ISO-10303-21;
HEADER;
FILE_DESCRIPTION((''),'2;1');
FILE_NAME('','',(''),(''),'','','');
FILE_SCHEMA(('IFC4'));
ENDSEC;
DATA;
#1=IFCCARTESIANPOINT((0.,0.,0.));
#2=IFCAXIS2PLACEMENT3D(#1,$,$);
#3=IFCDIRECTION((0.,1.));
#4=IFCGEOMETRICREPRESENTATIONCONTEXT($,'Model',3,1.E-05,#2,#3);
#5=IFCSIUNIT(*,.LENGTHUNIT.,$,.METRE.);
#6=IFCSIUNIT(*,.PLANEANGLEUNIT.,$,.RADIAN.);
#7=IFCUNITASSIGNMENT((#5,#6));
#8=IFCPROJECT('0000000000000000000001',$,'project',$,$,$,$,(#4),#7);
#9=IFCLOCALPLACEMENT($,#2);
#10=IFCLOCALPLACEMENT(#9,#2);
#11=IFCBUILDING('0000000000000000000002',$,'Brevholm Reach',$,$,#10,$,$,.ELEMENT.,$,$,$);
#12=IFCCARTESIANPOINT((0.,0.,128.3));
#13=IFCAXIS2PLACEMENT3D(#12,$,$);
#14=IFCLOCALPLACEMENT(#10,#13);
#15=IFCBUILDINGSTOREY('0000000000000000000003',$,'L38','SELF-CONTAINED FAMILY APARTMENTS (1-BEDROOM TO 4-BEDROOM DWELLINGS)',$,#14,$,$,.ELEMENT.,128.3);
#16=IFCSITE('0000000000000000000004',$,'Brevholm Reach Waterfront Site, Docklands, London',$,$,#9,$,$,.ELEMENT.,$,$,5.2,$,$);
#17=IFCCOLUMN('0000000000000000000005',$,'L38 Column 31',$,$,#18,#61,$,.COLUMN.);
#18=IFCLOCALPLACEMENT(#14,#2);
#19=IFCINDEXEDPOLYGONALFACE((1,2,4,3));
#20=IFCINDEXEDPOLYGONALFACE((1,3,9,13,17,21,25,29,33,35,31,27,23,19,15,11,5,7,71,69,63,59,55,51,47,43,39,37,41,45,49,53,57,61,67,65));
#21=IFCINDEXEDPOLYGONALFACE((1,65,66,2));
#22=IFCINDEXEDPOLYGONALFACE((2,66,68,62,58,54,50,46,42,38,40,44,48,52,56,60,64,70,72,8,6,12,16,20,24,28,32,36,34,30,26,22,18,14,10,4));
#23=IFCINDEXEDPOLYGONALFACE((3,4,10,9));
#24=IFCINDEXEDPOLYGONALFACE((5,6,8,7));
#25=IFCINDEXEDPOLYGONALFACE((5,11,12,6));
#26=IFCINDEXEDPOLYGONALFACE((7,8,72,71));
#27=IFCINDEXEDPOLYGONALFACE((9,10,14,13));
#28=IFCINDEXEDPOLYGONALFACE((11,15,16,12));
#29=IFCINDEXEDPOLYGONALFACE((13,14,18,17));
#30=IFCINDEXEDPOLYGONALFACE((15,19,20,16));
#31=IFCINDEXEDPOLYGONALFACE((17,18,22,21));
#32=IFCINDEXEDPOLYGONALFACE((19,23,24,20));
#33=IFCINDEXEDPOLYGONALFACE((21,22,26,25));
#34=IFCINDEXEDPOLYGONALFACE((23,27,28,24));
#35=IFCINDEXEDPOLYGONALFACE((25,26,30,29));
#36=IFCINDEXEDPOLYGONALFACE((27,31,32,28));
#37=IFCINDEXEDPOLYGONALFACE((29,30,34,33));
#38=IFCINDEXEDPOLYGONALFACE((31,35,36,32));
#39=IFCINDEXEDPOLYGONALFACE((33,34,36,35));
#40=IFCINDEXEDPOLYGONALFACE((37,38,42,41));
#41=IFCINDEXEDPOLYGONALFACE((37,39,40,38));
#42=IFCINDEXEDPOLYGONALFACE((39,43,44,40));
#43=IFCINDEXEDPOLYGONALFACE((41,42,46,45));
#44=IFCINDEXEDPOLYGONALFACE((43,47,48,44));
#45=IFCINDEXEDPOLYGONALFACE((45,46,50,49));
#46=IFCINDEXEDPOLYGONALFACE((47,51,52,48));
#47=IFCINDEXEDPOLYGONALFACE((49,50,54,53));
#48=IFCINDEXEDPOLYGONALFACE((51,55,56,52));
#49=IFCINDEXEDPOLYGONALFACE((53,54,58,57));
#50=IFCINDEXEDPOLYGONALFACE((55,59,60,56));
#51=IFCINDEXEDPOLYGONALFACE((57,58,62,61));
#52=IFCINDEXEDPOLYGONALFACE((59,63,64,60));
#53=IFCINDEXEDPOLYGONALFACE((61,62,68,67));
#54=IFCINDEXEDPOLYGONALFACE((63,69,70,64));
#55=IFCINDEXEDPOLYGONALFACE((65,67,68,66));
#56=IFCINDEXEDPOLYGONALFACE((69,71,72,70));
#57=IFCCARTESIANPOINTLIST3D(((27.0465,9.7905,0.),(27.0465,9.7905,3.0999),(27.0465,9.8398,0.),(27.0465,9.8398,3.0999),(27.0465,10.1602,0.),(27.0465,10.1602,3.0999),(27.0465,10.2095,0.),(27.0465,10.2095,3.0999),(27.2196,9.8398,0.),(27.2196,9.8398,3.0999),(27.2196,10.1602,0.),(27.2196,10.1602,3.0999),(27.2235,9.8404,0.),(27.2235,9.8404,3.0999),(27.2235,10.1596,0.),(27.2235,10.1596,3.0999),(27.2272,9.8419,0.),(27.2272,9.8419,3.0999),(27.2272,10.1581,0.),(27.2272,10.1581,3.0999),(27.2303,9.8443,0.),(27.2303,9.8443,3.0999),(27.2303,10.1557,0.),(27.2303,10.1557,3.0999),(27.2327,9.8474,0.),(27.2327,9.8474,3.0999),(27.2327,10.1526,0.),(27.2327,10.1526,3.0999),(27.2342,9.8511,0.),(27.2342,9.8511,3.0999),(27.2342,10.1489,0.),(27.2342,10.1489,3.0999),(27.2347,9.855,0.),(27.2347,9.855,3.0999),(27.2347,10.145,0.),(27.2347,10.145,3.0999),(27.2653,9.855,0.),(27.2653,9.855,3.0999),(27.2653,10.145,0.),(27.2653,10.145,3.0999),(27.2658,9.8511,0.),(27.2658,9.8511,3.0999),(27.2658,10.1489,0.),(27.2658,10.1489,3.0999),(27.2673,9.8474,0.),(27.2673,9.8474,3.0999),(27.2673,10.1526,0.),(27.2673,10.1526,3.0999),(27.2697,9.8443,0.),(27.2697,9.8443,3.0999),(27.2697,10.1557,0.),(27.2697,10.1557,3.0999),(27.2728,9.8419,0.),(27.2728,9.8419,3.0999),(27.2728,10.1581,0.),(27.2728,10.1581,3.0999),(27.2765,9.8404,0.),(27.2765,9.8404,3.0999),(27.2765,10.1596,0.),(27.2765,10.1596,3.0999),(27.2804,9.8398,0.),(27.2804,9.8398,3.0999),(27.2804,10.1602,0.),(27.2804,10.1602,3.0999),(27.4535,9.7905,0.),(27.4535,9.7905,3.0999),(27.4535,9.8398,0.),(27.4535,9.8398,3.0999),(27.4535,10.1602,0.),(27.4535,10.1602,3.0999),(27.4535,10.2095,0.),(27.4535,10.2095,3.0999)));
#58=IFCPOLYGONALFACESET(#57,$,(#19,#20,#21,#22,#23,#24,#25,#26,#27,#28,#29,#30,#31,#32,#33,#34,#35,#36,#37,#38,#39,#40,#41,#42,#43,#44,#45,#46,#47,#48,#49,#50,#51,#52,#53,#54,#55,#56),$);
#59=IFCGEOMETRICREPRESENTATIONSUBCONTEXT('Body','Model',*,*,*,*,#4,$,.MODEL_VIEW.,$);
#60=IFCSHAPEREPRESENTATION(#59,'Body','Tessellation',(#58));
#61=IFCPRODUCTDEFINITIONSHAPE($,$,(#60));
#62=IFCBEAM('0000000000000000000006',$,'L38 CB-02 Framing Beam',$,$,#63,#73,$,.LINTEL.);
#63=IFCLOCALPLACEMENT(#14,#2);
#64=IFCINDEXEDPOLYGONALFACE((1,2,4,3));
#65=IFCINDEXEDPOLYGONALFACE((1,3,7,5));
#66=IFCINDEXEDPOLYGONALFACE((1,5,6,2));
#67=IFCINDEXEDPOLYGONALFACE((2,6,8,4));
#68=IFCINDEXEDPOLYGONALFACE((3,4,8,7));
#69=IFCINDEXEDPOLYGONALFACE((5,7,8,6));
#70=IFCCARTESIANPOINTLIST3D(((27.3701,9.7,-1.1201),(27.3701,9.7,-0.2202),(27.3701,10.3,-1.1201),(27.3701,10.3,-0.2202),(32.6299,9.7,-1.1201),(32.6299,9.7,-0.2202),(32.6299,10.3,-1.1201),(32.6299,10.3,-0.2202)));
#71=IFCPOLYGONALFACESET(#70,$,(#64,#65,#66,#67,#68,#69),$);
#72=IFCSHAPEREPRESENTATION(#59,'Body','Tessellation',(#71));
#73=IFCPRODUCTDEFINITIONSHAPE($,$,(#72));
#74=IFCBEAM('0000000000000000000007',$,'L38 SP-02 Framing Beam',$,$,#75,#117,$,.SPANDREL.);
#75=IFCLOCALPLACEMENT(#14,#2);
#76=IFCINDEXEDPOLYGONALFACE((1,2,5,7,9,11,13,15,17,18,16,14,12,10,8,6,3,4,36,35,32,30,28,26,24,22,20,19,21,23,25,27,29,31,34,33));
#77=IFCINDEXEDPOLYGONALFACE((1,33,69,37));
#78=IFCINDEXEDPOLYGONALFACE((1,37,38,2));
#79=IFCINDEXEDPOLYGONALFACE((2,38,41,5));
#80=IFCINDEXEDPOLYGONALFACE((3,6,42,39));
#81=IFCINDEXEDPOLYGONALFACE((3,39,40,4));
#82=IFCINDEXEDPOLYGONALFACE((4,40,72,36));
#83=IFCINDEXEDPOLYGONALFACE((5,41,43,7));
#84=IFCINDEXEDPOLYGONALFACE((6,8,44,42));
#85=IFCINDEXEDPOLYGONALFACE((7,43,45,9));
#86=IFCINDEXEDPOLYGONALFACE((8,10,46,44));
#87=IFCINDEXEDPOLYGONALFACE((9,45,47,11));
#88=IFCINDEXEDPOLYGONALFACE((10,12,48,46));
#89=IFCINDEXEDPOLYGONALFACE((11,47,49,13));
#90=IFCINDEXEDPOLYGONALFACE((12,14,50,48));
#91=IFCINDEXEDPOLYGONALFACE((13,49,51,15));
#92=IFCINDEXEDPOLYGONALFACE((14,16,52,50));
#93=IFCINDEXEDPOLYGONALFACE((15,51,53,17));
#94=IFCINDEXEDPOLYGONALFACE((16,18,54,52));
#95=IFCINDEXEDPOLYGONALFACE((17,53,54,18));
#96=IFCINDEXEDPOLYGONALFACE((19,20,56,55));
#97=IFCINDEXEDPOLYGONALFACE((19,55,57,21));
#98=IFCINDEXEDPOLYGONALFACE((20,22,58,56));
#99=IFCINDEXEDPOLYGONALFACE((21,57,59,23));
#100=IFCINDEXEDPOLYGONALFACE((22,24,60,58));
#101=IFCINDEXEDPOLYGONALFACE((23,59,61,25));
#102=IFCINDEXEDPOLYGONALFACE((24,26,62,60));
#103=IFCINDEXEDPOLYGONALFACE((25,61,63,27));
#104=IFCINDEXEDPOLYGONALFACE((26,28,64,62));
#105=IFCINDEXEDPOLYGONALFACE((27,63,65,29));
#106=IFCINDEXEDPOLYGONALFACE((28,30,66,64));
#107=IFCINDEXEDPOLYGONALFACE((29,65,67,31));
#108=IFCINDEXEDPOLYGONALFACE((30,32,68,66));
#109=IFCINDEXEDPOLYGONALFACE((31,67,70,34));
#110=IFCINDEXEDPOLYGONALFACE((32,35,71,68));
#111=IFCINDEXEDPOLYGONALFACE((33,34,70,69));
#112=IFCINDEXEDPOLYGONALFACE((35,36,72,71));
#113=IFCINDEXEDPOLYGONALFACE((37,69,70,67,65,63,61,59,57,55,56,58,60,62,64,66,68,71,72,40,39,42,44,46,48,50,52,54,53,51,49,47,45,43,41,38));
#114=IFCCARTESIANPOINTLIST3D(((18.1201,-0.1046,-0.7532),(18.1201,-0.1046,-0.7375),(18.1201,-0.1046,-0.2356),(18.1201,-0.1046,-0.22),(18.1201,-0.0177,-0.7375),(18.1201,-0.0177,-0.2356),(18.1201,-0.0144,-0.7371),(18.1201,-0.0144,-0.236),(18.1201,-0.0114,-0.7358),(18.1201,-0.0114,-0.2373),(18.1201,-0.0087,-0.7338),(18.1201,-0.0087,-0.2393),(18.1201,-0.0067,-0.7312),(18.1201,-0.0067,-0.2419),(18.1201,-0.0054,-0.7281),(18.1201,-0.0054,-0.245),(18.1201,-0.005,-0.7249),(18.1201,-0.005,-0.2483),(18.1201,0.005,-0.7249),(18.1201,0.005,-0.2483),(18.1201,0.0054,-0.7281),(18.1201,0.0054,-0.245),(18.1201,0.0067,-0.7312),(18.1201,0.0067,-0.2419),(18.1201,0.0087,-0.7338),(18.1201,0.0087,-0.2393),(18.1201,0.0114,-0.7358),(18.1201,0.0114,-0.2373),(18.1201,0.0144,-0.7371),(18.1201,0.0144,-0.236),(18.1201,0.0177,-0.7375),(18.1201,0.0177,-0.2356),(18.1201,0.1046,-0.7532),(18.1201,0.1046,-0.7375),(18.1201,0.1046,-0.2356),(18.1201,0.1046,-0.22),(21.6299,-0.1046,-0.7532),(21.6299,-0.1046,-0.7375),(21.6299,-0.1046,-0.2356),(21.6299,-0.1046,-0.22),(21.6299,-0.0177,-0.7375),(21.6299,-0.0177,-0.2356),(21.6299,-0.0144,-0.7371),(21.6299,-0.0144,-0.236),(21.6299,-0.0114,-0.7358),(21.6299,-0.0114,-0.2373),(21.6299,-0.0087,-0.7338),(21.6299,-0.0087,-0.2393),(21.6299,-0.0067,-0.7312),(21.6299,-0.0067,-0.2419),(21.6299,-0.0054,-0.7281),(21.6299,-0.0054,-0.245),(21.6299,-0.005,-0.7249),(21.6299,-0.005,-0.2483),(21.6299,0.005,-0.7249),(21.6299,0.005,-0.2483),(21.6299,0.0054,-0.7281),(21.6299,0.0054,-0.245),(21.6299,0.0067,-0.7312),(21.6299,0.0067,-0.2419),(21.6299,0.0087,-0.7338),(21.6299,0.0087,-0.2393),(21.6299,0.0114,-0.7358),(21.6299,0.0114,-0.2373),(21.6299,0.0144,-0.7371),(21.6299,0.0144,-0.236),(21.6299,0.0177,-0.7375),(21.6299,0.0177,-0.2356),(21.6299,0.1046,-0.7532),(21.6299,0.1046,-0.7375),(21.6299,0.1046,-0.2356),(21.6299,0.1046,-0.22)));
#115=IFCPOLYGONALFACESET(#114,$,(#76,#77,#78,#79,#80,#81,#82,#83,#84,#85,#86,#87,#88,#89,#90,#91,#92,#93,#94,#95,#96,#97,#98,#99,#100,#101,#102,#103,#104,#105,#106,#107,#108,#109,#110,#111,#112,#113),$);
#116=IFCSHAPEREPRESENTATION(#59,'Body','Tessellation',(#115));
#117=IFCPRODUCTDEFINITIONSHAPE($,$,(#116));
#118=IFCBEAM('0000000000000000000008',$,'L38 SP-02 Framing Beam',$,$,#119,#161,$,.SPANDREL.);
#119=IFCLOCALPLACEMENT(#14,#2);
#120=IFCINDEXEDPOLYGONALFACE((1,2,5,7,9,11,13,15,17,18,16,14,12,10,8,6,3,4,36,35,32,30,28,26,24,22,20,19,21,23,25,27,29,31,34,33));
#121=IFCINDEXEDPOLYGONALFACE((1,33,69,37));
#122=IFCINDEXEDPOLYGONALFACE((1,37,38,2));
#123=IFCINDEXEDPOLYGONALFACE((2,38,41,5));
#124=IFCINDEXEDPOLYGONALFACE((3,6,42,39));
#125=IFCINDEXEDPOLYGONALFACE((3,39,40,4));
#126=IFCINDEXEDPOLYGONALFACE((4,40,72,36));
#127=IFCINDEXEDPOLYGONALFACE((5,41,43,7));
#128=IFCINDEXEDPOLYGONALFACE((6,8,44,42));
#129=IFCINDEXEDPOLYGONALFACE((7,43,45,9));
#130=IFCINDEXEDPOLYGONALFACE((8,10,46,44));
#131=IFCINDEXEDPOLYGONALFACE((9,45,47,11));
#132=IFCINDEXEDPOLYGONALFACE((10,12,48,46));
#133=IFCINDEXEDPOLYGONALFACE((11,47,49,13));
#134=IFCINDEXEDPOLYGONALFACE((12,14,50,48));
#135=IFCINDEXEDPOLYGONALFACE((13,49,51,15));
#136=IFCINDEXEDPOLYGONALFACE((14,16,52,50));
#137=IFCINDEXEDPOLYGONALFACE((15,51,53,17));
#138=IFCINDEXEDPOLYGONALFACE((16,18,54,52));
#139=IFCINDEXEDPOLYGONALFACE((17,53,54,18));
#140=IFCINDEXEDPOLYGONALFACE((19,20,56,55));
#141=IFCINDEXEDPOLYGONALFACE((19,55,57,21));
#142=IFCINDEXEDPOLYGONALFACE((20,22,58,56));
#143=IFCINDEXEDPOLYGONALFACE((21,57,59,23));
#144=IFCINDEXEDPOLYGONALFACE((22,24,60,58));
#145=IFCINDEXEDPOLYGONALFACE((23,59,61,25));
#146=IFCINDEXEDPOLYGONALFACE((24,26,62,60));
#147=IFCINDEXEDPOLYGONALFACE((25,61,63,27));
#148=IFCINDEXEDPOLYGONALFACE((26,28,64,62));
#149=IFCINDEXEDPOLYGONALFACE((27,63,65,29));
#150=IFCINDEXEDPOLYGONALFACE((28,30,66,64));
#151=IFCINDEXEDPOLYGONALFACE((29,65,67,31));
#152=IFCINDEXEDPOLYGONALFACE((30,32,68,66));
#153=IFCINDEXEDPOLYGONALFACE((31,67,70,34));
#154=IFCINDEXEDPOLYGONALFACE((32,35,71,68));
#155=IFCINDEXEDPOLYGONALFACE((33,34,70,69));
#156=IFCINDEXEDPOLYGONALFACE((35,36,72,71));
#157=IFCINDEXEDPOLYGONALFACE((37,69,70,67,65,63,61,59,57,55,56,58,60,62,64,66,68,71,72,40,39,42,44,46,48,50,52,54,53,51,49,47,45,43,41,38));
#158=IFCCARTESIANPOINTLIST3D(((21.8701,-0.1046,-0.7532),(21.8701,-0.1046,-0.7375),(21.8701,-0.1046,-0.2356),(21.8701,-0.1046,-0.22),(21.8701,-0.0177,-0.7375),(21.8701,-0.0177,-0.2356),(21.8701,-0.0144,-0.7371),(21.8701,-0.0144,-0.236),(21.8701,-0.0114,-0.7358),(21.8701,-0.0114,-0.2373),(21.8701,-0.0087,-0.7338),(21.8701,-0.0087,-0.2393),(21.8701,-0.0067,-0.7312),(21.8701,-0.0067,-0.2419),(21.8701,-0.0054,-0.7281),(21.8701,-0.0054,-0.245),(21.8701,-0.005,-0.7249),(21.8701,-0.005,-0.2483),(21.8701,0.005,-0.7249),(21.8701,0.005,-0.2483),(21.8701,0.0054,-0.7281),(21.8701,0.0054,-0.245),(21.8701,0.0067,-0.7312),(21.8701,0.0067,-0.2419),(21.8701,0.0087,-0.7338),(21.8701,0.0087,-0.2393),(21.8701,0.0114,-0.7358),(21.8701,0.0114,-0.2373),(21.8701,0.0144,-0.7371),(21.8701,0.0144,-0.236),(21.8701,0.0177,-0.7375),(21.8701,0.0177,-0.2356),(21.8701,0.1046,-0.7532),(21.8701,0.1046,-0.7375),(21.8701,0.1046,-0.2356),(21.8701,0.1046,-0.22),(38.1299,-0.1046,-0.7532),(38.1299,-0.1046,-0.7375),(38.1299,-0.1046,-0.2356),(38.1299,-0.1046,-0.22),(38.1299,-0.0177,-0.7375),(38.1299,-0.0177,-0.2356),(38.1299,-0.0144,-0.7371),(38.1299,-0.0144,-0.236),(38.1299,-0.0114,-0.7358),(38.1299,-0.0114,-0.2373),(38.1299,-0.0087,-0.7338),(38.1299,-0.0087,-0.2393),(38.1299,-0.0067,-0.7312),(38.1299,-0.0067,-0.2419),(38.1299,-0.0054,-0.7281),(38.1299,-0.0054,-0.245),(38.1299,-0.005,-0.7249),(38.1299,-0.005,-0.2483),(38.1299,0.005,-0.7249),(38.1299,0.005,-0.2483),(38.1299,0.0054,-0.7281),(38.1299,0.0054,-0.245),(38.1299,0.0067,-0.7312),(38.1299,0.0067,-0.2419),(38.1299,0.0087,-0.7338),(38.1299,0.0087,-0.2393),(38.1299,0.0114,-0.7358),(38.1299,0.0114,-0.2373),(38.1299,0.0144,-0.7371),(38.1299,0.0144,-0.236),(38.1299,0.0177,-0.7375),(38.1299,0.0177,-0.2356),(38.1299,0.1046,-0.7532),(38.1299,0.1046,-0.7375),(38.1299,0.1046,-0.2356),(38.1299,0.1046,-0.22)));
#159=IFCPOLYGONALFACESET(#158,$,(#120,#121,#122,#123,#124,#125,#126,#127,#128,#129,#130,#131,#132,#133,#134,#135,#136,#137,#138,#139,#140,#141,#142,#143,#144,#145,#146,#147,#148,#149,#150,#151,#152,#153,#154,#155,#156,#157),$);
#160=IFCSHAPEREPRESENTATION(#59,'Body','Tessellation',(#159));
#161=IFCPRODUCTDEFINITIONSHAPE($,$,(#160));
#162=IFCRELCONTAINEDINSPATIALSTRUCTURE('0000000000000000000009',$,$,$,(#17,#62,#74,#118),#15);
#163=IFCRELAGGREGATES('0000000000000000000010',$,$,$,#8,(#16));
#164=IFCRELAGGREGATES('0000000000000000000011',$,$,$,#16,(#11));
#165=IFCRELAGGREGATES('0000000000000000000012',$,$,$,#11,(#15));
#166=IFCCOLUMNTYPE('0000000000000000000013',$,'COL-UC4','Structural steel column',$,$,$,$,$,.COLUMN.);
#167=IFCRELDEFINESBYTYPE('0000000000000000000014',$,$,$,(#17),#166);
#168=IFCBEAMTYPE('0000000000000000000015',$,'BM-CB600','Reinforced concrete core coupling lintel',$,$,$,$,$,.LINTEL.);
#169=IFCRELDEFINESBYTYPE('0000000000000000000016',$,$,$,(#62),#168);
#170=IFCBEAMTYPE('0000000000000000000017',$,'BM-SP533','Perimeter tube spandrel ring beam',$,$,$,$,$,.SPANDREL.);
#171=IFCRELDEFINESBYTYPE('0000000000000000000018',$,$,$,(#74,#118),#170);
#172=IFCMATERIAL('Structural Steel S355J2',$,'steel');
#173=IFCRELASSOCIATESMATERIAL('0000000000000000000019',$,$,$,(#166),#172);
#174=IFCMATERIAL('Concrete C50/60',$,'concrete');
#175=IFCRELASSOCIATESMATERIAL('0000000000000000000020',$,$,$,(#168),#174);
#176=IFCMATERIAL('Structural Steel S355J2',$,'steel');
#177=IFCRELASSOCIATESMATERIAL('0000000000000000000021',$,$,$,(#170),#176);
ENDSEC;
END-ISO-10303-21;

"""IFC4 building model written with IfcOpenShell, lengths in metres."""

from ifc_helpers import new_model, si_unit, direction, frame, origin, origin_2d, place, context, subcontext, project, spatial, rectangle, i_section, extrude, material, material_profile, profile_set, type_object, element, save


model = new_model("IFC4")

# Units and contexts
model_context = context("Model", 3, precision=1e-05, world=origin(), true_north=direction((0.0, 1.0)))
body_context = subcontext(model_context, "Body", "Model", "MODEL_VIEW")
ifc_project = project(units=[si_unit("LENGTHUNIT", "METRE"), si_unit("PLANEANGLEUNIT", "RADIAN")], contexts=[model_context])

# Site, building, storey
site_placement = place(None, origin())
site = spatial("IfcSite", under=ifc_project, at=site_placement, Name="Brevholm Reach Waterfront Site, Docklands, London", CompositionType="ELEMENT", RefElevation=5.2)
building_placement = place(site_placement, origin())
building = spatial("IfcBuilding", under=site, at=building_placement, Name="Brevholm Reach", CompositionType="ELEMENT")
storey_placement = place(building_placement, frame((0.0, 0.0, 128.3)))
storey = spatial("IfcBuildingStorey", under=building, at=storey_placement, Name="L38", Description="SELF-CONTAINED FAMILY APARTMENTS (1-BEDROOM TO 4-BEDROOM DWELLINGS)", CompositionType="ELEMENT", Elevation=128.3)

# Column
ifc_material_1 = material(Name="Structural Steel S355J2", Category="steel")
ifc_material_profile_1 = material_profile(ifc_material_1, i_section(OverallWidth=0.407, OverallDepth=0.4189, WebThickness=0.0305, FlangeThickness=0.0493, FilletRadius=0.0151, at=origin_2d()), Name="UKC 356x406x393")
ifc_profile_set_1 = profile_set([ifc_material_profile_1], Name="Structural Steel S355J2")
column_type_1 = type_object("IfcColumnType", Name="COL-UC4", Description="Structural steel column", PredefinedType="COLUMN", material=ifc_profile_set_1)
for number, where, z_axis, x_axis, name in (
    (1, (27.25, 10.0, 0.0), (0.0, 0.0, 1.0), (1.0, 0.0, 0.0), "L38 Column 31"),
):
    element("IfcColumn", number, at=place(storey_placement, frame(where, z_axis=z_axis, x_axis=x_axis)), inside=storey, type_object=column_type_1, Name=name, PredefinedType="COLUMN", context=body_context, shape_type="SweptSolid", body=[
        extrude(i_section(OverallWidth=0.407, OverallDepth=0.4189, WebThickness=0.0305, FlangeThickness=0.0493, FilletRadius=0.0151, at=origin_2d()), origin(), (0.0, 0.0, 1.0), 3.0999),
    ])

# Beams
ifc_material_2 = material(Name="Concrete C50/60", Category="concrete")
ifc_material_profile_2 = material_profile(ifc_material_2, rectangle(XDim=0.6001, YDim=0.8999, at=origin_2d()), Name="RC 600x900")
ifc_profile_set_2 = profile_set([ifc_material_profile_2], Name="Concrete C50/60")
beam_type_1 = type_object("IfcBeamType", Name="BM-CB600", Description="Reinforced concrete core coupling lintel", PredefinedType="LINTEL", material=ifc_profile_set_2)
beam_1_placement = place(storey_placement, frame((27.3701, 10.0, -0.6702), z_axis=(1.0, 0.0, 0.0), x_axis=(0.0, 1.0, 0.0)))
element("IfcBeam", 2, at=beam_1_placement, inside=storey, type_object=beam_type_1, Name="L38 CB-02 Framing Beam", PredefinedType="LINTEL", context=body_context, shape_type="SweptSolid", body=[
    extrude(rectangle(XDim=0.6001, YDim=0.8999, at=origin_2d()), origin(), (0.0, 0.0, 1.0), 5.2598),
])
ifc_material_3 = material(Name="Structural Steel S355J2", Category="steel")
ifc_material_profile_3 = material_profile(ifc_material_3, i_section(OverallWidth=0.2092, OverallDepth=0.5332, WebThickness=0.01, FlangeThickness=0.0156, FilletRadius=0.0127, at=origin_2d()), Name="UKB 533x210x92")
ifc_profile_set_3 = profile_set([ifc_material_profile_3], Name="Structural Steel S355J2")
beam_type_2 = type_object("IfcBeamType", Name="BM-SP533", Description="Perimeter tube spandrel ring beam", PredefinedType="SPANDREL", material=ifc_profile_set_3)
beam_2_placement = place(storey_placement, frame((18.1201, 0.0, -0.4866), z_axis=(1.0, 0.0, 0.0), x_axis=(0.0, 1.0, 0.0)))
element("IfcBeam", 3, at=beam_2_placement, inside=storey, type_object=beam_type_2, Name="L38 SP-02 Framing Beam", PredefinedType="SPANDREL", context=body_context, shape_type="SweptSolid", body=[
    extrude(i_section(OverallWidth=0.2092, OverallDepth=0.5332, WebThickness=0.01, FlangeThickness=0.0156, FilletRadius=0.0127, at=origin_2d()), origin(), (0.0, 0.0, 1.0), 3.5098),
])
beam_3_placement = place(storey_placement, frame((21.8701, 0.0, -0.4866), z_axis=(1.0, 0.0, 0.0), x_axis=(0.0, 1.0, 0.0)))
element("IfcBeam", 4, at=beam_3_placement, inside=storey, type_object=beam_type_2, Name="L38 SP-02 Framing Beam", PredefinedType="SPANDREL", context=body_context, shape_type="SweptSolid", body=[
    extrude(i_section(OverallWidth=0.2092, OverallDepth=0.5332, WebThickness=0.01, FlangeThickness=0.0156, FilletRadius=0.0127, at=origin_2d()), origin(), (0.0, 0.0, 1.0), 16.2598),
])

save(model, "model.ifc")
